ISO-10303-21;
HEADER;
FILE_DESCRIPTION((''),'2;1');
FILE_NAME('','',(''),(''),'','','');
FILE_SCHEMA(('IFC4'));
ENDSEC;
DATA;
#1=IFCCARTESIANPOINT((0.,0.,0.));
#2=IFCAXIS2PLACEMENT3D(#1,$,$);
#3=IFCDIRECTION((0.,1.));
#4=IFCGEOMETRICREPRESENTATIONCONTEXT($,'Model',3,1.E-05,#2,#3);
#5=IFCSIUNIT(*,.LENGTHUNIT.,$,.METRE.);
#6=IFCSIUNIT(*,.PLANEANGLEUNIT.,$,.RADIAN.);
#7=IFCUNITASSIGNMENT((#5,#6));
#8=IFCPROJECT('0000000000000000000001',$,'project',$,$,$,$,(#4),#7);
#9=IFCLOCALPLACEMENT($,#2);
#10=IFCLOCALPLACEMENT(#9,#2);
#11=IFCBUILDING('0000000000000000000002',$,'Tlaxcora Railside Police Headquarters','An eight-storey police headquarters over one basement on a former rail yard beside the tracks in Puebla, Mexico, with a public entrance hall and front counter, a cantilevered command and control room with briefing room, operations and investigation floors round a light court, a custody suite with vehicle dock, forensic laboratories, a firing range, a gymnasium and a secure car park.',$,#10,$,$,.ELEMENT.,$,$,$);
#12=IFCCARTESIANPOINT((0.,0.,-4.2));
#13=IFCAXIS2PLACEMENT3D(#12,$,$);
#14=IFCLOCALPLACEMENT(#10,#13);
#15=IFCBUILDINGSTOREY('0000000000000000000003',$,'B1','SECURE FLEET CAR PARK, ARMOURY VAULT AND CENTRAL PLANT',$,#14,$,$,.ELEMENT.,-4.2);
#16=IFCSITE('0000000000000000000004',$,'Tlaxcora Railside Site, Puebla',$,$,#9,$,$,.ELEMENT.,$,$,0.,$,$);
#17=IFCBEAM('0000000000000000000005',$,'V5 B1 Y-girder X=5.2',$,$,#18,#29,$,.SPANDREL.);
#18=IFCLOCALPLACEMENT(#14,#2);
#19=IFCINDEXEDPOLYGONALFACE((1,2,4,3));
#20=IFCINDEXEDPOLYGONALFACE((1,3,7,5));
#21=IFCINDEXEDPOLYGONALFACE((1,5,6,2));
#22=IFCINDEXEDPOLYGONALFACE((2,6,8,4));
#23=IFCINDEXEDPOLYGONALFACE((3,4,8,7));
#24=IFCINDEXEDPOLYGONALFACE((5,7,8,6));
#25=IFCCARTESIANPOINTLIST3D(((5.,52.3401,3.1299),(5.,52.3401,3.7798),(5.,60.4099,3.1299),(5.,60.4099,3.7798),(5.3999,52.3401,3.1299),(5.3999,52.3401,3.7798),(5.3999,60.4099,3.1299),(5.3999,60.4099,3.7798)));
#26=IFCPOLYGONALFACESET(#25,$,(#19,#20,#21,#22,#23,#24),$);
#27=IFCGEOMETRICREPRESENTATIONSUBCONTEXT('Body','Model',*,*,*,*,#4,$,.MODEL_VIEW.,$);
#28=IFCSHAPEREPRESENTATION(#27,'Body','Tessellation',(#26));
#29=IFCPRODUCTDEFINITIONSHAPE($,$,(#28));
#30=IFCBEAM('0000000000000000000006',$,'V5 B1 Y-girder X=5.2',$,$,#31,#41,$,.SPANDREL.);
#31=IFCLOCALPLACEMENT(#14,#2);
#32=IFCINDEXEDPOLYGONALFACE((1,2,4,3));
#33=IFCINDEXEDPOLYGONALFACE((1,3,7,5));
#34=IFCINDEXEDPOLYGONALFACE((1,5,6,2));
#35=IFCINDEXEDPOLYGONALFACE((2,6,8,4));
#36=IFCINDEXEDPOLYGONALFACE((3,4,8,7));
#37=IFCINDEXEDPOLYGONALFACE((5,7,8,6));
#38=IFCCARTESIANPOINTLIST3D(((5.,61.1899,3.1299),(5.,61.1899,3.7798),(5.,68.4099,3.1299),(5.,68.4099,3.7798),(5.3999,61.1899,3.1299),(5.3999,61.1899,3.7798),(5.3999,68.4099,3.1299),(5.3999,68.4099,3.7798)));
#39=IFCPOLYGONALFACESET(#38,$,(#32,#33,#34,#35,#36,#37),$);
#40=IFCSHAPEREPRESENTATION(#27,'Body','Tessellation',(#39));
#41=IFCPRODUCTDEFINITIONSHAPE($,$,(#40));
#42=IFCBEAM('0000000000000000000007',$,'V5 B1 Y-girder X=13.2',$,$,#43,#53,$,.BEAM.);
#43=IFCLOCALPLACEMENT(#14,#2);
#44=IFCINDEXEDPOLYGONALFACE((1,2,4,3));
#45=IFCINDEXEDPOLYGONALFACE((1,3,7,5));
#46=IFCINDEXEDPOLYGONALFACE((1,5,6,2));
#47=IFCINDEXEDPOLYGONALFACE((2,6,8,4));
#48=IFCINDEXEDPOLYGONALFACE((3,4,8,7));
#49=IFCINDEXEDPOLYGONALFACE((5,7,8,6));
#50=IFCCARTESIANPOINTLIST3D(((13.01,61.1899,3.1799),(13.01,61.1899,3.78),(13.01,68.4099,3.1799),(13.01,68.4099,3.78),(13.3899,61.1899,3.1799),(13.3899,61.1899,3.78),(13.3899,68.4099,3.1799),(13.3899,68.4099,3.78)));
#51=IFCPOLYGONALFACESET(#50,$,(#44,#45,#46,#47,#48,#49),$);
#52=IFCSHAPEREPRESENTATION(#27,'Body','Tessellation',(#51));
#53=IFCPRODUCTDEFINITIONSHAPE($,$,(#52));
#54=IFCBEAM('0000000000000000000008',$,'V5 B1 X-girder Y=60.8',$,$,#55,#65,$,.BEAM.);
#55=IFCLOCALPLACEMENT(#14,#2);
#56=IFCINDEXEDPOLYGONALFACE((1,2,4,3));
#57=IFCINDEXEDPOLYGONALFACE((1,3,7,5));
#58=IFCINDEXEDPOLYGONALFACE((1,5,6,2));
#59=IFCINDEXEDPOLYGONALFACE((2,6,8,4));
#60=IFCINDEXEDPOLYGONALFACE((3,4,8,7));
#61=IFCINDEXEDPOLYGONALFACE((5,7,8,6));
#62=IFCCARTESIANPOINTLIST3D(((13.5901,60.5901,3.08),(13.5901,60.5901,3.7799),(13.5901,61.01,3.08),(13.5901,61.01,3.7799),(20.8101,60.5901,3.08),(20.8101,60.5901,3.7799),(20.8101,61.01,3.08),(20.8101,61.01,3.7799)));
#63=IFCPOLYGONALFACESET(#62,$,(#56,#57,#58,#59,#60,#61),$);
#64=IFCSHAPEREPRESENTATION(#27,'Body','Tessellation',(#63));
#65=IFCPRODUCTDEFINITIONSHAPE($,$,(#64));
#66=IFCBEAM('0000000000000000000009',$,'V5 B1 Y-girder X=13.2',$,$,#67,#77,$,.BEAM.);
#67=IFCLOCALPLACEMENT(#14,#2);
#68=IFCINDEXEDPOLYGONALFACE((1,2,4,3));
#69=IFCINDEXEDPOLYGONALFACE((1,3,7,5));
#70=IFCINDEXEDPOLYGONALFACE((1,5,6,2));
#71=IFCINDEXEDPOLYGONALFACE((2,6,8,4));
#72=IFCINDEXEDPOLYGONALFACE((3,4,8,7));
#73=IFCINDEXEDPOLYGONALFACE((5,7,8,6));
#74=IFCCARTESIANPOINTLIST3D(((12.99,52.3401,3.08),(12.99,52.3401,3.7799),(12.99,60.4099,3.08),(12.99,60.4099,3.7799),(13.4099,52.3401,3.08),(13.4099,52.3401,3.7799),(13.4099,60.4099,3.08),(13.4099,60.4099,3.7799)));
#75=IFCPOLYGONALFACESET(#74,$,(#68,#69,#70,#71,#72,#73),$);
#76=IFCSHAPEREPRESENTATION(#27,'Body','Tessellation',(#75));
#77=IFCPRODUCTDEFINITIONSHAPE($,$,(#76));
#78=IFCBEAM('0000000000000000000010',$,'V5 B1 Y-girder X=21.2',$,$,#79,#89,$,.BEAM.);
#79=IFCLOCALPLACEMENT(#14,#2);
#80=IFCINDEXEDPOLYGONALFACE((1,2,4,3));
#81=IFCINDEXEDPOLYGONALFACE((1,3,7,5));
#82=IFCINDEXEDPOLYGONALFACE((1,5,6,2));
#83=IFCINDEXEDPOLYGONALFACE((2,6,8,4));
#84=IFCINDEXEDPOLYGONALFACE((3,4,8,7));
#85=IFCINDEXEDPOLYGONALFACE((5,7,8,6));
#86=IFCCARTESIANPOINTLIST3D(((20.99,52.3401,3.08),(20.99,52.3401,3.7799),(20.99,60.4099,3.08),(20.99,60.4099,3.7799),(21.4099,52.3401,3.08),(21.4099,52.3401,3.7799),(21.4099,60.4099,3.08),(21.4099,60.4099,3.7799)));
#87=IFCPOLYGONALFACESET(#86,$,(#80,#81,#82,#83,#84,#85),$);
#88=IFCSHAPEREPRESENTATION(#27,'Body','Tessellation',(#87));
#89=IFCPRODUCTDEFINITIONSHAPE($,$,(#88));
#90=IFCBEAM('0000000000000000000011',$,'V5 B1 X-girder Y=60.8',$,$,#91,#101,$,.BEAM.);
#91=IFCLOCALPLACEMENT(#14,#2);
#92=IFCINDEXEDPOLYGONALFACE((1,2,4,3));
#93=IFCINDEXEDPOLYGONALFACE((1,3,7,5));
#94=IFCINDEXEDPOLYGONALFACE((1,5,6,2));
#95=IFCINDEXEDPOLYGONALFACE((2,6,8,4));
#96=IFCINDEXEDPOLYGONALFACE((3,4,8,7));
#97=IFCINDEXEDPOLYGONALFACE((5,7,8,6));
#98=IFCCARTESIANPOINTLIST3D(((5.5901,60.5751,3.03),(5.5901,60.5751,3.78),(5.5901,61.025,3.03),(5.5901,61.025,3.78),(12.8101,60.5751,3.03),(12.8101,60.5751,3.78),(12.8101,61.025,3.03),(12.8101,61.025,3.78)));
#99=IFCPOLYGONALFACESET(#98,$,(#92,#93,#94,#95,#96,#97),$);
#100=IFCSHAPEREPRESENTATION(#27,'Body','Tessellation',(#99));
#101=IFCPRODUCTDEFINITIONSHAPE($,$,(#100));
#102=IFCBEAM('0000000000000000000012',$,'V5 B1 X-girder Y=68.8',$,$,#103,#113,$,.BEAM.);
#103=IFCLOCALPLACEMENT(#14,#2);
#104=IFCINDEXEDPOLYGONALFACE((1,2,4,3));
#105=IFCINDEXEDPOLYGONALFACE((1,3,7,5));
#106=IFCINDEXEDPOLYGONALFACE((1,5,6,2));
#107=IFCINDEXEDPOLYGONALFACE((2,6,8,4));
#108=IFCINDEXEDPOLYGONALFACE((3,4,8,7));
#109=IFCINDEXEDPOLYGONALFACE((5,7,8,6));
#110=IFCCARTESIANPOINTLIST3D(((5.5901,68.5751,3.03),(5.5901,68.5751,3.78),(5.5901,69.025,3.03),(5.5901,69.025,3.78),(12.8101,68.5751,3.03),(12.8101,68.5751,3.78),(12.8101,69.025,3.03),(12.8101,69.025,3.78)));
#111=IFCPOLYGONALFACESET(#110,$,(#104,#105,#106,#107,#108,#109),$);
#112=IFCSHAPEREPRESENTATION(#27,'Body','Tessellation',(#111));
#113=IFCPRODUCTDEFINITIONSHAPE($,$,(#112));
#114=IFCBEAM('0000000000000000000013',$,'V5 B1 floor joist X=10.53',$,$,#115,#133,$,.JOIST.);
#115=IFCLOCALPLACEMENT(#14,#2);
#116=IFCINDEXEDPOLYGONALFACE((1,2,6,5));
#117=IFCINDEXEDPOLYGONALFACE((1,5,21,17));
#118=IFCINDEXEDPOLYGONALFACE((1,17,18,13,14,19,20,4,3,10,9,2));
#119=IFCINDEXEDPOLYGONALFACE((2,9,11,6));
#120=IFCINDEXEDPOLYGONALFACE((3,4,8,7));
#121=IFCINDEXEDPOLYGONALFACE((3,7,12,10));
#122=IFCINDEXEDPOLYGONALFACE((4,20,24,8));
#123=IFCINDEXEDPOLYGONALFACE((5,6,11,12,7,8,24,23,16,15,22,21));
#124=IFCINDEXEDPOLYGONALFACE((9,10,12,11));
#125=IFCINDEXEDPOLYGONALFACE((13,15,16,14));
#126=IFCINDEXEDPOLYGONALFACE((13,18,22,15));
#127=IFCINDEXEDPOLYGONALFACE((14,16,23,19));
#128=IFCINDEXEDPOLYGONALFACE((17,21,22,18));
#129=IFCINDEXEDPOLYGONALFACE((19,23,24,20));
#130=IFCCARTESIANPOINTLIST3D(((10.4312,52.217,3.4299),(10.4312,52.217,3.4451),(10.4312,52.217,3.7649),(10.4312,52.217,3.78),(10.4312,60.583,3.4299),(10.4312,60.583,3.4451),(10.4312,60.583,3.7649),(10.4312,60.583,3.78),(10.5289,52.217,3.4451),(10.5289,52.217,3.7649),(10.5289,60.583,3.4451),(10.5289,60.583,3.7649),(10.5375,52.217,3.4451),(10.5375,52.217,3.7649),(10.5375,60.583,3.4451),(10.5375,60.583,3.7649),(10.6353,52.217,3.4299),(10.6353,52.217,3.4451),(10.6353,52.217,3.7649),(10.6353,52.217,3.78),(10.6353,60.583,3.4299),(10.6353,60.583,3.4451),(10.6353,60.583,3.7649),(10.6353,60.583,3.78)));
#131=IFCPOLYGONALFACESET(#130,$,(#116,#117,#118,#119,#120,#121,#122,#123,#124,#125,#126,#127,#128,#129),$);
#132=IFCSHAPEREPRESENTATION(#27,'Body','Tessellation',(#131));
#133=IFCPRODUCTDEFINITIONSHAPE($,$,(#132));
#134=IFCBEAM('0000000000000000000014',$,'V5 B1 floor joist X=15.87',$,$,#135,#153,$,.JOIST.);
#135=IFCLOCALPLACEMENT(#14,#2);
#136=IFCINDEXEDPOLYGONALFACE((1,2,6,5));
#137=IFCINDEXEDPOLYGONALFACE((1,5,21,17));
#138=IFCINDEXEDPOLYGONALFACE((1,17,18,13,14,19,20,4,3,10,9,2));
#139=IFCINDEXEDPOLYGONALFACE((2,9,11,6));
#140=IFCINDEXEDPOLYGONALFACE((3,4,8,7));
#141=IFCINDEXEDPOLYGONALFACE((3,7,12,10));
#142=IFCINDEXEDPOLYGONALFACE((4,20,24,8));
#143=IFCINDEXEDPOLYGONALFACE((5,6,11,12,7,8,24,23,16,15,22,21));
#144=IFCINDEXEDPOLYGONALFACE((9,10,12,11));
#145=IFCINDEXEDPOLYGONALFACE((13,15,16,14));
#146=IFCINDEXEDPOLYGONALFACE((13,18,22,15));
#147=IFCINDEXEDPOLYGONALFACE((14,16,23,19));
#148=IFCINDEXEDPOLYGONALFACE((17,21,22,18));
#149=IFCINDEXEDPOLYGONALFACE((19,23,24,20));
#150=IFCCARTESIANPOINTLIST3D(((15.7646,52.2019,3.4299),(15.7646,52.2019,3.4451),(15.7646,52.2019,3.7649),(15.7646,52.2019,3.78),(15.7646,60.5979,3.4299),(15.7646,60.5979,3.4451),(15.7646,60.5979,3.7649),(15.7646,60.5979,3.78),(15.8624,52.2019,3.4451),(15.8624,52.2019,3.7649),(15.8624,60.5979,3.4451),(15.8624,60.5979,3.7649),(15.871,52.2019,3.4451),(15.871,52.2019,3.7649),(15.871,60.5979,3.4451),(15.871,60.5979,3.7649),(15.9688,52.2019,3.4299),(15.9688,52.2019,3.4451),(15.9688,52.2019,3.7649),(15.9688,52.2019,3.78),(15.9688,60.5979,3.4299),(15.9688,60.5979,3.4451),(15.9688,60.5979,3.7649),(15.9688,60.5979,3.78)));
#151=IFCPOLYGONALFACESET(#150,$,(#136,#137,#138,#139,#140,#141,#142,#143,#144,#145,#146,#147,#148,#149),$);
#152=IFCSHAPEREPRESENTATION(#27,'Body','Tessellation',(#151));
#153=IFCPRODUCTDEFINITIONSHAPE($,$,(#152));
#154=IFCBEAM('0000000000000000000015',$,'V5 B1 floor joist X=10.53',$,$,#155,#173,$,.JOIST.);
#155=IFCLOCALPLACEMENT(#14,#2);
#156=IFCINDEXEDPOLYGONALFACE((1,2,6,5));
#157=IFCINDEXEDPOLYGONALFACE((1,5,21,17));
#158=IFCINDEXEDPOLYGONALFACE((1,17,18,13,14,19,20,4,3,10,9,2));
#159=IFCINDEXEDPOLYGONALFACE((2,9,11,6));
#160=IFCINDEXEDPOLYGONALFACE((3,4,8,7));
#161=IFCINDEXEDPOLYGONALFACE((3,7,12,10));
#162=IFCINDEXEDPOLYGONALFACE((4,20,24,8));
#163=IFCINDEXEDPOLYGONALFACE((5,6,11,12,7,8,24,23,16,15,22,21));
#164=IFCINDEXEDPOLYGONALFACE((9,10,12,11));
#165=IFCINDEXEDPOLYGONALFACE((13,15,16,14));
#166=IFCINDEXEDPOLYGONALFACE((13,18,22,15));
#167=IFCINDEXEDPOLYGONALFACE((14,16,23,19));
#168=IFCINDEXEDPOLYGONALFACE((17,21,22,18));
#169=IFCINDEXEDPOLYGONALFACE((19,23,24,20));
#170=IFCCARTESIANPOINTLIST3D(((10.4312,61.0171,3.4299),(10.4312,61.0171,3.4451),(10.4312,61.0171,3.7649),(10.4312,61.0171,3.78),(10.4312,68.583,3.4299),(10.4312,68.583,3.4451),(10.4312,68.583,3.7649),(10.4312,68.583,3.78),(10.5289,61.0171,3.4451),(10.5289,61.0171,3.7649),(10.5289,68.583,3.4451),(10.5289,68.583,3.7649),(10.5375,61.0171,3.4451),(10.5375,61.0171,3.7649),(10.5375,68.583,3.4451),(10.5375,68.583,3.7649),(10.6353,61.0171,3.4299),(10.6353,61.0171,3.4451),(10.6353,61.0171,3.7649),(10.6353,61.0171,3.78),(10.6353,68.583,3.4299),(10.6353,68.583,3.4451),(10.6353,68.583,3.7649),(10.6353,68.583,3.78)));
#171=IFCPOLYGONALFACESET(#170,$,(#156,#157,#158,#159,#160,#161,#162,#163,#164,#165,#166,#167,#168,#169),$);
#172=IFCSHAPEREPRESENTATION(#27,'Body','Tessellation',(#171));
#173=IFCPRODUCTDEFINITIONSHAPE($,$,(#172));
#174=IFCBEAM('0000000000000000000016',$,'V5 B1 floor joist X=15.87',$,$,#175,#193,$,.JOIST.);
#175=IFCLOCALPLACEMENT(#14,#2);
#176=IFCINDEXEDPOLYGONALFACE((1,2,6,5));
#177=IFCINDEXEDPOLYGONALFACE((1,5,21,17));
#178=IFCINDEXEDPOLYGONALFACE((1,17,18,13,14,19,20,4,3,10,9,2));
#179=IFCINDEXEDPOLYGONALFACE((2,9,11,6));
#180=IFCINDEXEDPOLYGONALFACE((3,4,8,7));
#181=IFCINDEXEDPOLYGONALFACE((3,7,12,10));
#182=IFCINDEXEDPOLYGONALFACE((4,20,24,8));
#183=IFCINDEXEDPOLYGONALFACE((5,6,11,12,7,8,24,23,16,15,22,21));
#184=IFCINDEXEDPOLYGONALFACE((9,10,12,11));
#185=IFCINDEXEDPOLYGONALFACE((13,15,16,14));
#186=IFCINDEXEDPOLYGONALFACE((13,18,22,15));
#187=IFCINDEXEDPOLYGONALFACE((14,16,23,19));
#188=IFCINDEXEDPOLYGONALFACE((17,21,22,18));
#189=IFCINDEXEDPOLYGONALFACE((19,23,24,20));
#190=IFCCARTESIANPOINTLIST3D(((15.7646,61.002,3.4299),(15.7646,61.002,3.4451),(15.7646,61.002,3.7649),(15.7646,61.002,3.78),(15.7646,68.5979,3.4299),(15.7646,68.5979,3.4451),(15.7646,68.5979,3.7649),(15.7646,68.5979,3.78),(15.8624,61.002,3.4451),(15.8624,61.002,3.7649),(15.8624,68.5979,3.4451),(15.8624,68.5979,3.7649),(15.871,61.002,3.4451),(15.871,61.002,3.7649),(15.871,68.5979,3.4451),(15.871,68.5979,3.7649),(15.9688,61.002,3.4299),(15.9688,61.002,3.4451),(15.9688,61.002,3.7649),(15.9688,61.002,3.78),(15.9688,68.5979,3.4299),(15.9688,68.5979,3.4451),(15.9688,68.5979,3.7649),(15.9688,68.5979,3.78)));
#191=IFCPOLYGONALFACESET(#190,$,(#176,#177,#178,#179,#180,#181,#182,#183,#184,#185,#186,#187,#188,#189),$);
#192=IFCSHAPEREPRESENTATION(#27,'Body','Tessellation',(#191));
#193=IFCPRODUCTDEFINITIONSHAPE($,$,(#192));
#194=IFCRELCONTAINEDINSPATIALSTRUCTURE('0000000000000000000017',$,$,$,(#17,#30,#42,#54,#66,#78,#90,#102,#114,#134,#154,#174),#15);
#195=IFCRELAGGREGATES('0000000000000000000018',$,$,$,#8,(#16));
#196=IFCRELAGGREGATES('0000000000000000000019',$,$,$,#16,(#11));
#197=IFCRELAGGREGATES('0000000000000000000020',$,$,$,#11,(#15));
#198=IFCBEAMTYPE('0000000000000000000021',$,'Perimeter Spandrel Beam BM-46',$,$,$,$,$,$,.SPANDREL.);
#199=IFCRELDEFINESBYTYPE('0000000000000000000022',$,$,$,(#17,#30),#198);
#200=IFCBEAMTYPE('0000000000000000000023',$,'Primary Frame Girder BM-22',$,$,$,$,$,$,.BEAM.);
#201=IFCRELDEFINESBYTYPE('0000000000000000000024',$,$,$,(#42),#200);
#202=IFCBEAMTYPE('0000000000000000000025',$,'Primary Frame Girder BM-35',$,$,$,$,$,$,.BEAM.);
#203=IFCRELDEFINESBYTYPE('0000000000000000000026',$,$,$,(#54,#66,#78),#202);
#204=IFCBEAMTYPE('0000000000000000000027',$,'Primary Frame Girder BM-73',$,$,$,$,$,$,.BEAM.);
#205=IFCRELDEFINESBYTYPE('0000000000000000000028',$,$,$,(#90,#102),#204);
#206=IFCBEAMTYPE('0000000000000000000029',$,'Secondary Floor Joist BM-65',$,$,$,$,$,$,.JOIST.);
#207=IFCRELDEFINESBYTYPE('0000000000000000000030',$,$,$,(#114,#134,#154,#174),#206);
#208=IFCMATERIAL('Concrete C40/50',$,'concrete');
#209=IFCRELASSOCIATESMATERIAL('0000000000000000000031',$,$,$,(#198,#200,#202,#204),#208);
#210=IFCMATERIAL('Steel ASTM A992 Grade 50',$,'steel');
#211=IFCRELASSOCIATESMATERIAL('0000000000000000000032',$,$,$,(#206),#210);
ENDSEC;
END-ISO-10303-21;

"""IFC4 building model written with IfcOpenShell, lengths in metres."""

from ifc_helpers import new_model, si_unit, direction, frame, origin, origin_2d, place, context, subcontext, project, spatial, rectangle, i_section, extrude, material, material_profile, profile_set, type_object, element, save


model = new_model("IFC4")

# Units and contexts
model_context = context("Model", 3, precision=1e-05, world=origin(), true_north=direction((0.0, 1.0)))
body_context = subcontext(model_context, "Body", "Model", "MODEL_VIEW")
ifc_project = project(units=[si_unit("LENGTHUNIT", "METRE"), si_unit("PLANEANGLEUNIT", "RADIAN")], contexts=[model_context])

# Site, building, storey
site_placement = place(None, origin())
site = spatial("IfcSite", under=ifc_project, at=site_placement, Name="Tlaxcora Railside Site, Puebla", CompositionType="ELEMENT", RefElevation=0.0)
building_placement = place(site_placement, origin())
building = spatial("IfcBuilding", under=site, at=building_placement, Name="Tlaxcora Railside Police Headquarters", Description="An eight-storey police headquarters over one basement on a former rail yard beside the tracks in Puebla, Mexico, with a public entrance hall and front counter, a cantilevered command and control room with briefing room, operations and investigation floors round a light court, a custody suite with vehicle dock, forensic laboratories, a firing range, a gymnasium and a secure car park.", CompositionType="ELEMENT")
storey_placement = place(building_placement, frame((0.0, 0.0, -4.2)))
storey = spatial("IfcBuildingStorey", under=building, at=storey_placement, Name="B1", Description="SECURE FLEET CAR PARK, ARMOURY VAULT AND CENTRAL PLANT", CompositionType="ELEMENT", Elevation=-4.2)

# Shared definitions
ifc_material_1 = material(Name="Concrete C40/50", Category="concrete")

# Beams
ifc_material_profile_1 = material_profile(ifc_material_1, rectangle(XDim=0.3999, YDim=0.6499, at=origin_2d()), Name="RC400X650")
ifc_profile_set_1 = profile_set([ifc_material_profile_1], Name="Concrete C40/50")
beam_type_1 = type_object("IfcBeamType", Name="Perimeter Spandrel Beam BM-46", PredefinedType="SPANDREL", material=ifc_profile_set_1)
beam_1_placement = place(storey_placement, frame((5.2, 52.3401, 3.4548), z_axis=(0.0, 1.0, 0.0), x_axis=(-1.0, 0.0, 0.0)))
element("IfcBeam", 1, at=beam_1_placement, inside=storey, type_object=beam_type_1, Name="V5 B1 Y-girder X=5.2", PredefinedType="SPANDREL", context=body_context, shape_type="SweptSolid", body=[
    extrude(rectangle(XDim=0.3999, YDim=0.6499, at=origin_2d()), origin(), (0.0, 0.0, 1.0), 8.0698),
])
beam_2_placement = place(storey_placement, frame((5.2, 61.1899, 3.4548), z_axis=(0.0, 1.0, 0.0), x_axis=(-1.0, 0.0, 0.0)))
element("IfcBeam", 2, at=beam_2_placement, inside=storey, type_object=beam_type_1, Name="V5 B1 Y-girder X=5.2", PredefinedType="SPANDREL", context=body_context, shape_type="SweptSolid", body=[
    extrude(rectangle(XDim=0.3999, YDim=0.6499, at=origin_2d()), origin(), (0.0, 0.0, 1.0), 7.22),
])
ifc_material_profile_2 = material_profile(ifc_material_1, rectangle(XDim=0.3799, YDim=0.6001, at=origin_2d()), Name="RC380X600")
ifc_profile_set_2 = profile_set([ifc_material_profile_2], Name="Concrete C40/50")
beam_type_2 = type_object("IfcBeamType", Name="Primary Frame Girder BM-22", PredefinedType="BEAM", material=ifc_profile_set_2)
beam_3_placement = place(storey_placement, frame((13.2, 61.1899, 3.48), z_axis=(0.0, 1.0, 0.0), x_axis=(-1.0, 0.0, 0.0)))
element("IfcBeam", 3, at=beam_3_placement, inside=storey, type_object=beam_type_2, Name="V5 B1 Y-girder X=13.2", PredefinedType="BEAM", context=body_context, shape_type="SweptSolid", body=[
    extrude(rectangle(XDim=0.3799, YDim=0.6001, at=origin_2d()), origin(), (0.0, 0.0, 1.0), 7.22),
])
ifc_material_profile_3 = material_profile(ifc_material_1, rectangle(XDim=0.4199, YDim=0.7, at=origin_2d()), Name="RC420X700")
ifc_profile_set_3 = profile_set([ifc_material_profile_3], Name="Concrete C40/50")
beam_type_3 = type_object("IfcBeamType", Name="Primary Frame Girder BM-35", PredefinedType="BEAM", material=ifc_profile_set_3)
beam_4_placement = place(storey_placement, frame((13.5901, 60.8, 3.4299), z_axis=(1.0, 0.0, 0.0), x_axis=(0.0, 1.0, 0.0)))
element("IfcBeam", 4, at=beam_4_placement, inside=storey, type_object=beam_type_3, Name="V5 B1 X-girder Y=60.8", PredefinedType="BEAM", context=body_context, shape_type="SweptSolid", body=[
    extrude(rectangle(XDim=0.4199, YDim=0.7, at=origin_2d()), origin(), (0.0, 0.0, 1.0), 7.22),
])
for number, where, z_axis, x_axis, name in (
    (5, (13.2, 52.3401, 3.4299), (0.0, 1.0, 0.0), (-1.0, 0.0, 0.0), "V5 B1 Y-girder X=13.2"),
    (6, (21.2, 52.3401, 3.4299), (0.0, 1.0, 0.0), (-1.0, 0.0, 0.0), "V5 B1 Y-girder X=21.2"),
):
    element("IfcBeam", number, at=place(storey_placement, frame(where, z_axis=z_axis, x_axis=x_axis)), inside=storey, type_object=beam_type_3, Name=name, PredefinedType="BEAM", context=body_context, shape_type="SweptSolid", body=[
        extrude(rectangle(XDim=0.4199, YDim=0.7, at=origin_2d()), origin(), (0.0, 0.0, 1.0), 8.0698),
    ])
ifc_material_profile_4 = material_profile(ifc_material_1, rectangle(XDim=0.45, YDim=0.75, at=origin_2d()), Name="RC450X750")
ifc_profile_set_4 = profile_set([ifc_material_profile_4], Name="Concrete C40/50")
beam_type_4 = type_object("IfcBeamType", Name="Primary Frame Girder BM-73", PredefinedType="BEAM", material=ifc_profile_set_4)
for number, where, z_axis, x_axis, name in (
    (7, (5.5901, 60.8, 3.405), (1.0, 0.0, 0.0), (0.0, 1.0, 0.0), "V5 B1 X-girder Y=60.8"),
    (8, (5.5901, 68.8, 3.405), (1.0, 0.0, 0.0), (0.0, 1.0, 0.0), "V5 B1 X-girder Y=68.8"),
):
    element("IfcBeam", number, at=place(storey_placement, frame(where, z_axis=z_axis, x_axis=x_axis)), inside=storey, type_object=beam_type_4, Name=name, PredefinedType="BEAM", context=body_context, shape_type="SweptSolid", body=[
        extrude(rectangle(XDim=0.45, YDim=0.75, at=origin_2d()), origin(), (0.0, 0.0, 1.0), 7.22),
    ])
ifc_material_2 = material(Name="Steel ASTM A992 Grade 50", Category="steel")
ifc_material_profile_5 = material_profile(ifc_material_2, i_section(OverallWidth=0.2041, OverallDepth=0.3501, WebThickness=0.0085, FlangeThickness=0.0151, at=origin_2d()), Name="W14X48")
ifc_profile_set_5 = profile_set([ifc_material_profile_5], Name="Steel ASTM A992 Grade 50")
beam_type_5 = type_object("IfcBeamType", Name="Secondary Floor Joist BM-65", PredefinedType="JOIST", material=ifc_profile_set_5)
beam_5_placement = place(storey_placement, frame((10.5332, 52.217, 3.605), z_axis=(0.0, 1.0, 0.0), x_axis=(-1.0, 0.0, 0.0)))
element("IfcBeam", 9, at=beam_5_placement, inside=storey, type_object=beam_type_5, Name="V5 B1 floor joist X=10.53", PredefinedType="JOIST", context=body_context, shape_type="SweptSolid", body=[
    extrude(i_section(OverallWidth=0.2041, OverallDepth=0.3501, WebThickness=0.0085, FlangeThickness=0.0151, at=origin_2d()), origin(), (0.0, 0.0, 1.0), 8.366),
])
beam_6_placement = place(storey_placement, frame((15.8667, 52.2019, 3.605), z_axis=(0.0, 1.0, 0.0), x_axis=(-1.0, 0.0, 0.0)))
element("IfcBeam", 10, at=beam_6_placement, inside=storey, type_object=beam_type_5, Name="V5 B1 floor joist X=15.87", PredefinedType="JOIST", context=body_context, shape_type="SweptSolid", body=[
    extrude(i_section(OverallWidth=0.2041, OverallDepth=0.3501, WebThickness=0.0085, FlangeThickness=0.0151, at=origin_2d()), origin(), (0.0, 0.0, 1.0), 8.396),
])
beam_7_placement = place(storey_placement, frame((10.5332, 61.0171, 3.605), z_axis=(0.0, 1.0, 0.0), x_axis=(-1.0, 0.0, 0.0)))
element("IfcBeam", 11, at=beam_7_placement, inside=storey, type_object=beam_type_5, Name="V5 B1 floor joist X=10.53", PredefinedType="JOIST", context=body_context, shape_type="SweptSolid", body=[
    extrude(i_section(OverallWidth=0.2041, OverallDepth=0.3501, WebThickness=0.0085, FlangeThickness=0.0151, at=origin_2d()), origin(), (0.0, 0.0, 1.0), 7.5659),
])
beam_8_placement = place(storey_placement, frame((15.8667, 61.002, 3.605), z_axis=(0.0, 1.0, 0.0), x_axis=(-1.0, 0.0, 0.0)))
element("IfcBeam", 12, at=beam_8_placement, inside=storey, type_object=beam_type_5, Name="V5 B1 floor joist X=15.87", PredefinedType="JOIST", context=body_context, shape_type="SweptSolid", body=[
    extrude(i_section(OverallWidth=0.2041, OverallDepth=0.3501, WebThickness=0.0085, FlangeThickness=0.0151, at=origin_2d()), origin(), (0.0, 0.0, 1.0), 7.5959),
])

save(model, "model.ifc")
